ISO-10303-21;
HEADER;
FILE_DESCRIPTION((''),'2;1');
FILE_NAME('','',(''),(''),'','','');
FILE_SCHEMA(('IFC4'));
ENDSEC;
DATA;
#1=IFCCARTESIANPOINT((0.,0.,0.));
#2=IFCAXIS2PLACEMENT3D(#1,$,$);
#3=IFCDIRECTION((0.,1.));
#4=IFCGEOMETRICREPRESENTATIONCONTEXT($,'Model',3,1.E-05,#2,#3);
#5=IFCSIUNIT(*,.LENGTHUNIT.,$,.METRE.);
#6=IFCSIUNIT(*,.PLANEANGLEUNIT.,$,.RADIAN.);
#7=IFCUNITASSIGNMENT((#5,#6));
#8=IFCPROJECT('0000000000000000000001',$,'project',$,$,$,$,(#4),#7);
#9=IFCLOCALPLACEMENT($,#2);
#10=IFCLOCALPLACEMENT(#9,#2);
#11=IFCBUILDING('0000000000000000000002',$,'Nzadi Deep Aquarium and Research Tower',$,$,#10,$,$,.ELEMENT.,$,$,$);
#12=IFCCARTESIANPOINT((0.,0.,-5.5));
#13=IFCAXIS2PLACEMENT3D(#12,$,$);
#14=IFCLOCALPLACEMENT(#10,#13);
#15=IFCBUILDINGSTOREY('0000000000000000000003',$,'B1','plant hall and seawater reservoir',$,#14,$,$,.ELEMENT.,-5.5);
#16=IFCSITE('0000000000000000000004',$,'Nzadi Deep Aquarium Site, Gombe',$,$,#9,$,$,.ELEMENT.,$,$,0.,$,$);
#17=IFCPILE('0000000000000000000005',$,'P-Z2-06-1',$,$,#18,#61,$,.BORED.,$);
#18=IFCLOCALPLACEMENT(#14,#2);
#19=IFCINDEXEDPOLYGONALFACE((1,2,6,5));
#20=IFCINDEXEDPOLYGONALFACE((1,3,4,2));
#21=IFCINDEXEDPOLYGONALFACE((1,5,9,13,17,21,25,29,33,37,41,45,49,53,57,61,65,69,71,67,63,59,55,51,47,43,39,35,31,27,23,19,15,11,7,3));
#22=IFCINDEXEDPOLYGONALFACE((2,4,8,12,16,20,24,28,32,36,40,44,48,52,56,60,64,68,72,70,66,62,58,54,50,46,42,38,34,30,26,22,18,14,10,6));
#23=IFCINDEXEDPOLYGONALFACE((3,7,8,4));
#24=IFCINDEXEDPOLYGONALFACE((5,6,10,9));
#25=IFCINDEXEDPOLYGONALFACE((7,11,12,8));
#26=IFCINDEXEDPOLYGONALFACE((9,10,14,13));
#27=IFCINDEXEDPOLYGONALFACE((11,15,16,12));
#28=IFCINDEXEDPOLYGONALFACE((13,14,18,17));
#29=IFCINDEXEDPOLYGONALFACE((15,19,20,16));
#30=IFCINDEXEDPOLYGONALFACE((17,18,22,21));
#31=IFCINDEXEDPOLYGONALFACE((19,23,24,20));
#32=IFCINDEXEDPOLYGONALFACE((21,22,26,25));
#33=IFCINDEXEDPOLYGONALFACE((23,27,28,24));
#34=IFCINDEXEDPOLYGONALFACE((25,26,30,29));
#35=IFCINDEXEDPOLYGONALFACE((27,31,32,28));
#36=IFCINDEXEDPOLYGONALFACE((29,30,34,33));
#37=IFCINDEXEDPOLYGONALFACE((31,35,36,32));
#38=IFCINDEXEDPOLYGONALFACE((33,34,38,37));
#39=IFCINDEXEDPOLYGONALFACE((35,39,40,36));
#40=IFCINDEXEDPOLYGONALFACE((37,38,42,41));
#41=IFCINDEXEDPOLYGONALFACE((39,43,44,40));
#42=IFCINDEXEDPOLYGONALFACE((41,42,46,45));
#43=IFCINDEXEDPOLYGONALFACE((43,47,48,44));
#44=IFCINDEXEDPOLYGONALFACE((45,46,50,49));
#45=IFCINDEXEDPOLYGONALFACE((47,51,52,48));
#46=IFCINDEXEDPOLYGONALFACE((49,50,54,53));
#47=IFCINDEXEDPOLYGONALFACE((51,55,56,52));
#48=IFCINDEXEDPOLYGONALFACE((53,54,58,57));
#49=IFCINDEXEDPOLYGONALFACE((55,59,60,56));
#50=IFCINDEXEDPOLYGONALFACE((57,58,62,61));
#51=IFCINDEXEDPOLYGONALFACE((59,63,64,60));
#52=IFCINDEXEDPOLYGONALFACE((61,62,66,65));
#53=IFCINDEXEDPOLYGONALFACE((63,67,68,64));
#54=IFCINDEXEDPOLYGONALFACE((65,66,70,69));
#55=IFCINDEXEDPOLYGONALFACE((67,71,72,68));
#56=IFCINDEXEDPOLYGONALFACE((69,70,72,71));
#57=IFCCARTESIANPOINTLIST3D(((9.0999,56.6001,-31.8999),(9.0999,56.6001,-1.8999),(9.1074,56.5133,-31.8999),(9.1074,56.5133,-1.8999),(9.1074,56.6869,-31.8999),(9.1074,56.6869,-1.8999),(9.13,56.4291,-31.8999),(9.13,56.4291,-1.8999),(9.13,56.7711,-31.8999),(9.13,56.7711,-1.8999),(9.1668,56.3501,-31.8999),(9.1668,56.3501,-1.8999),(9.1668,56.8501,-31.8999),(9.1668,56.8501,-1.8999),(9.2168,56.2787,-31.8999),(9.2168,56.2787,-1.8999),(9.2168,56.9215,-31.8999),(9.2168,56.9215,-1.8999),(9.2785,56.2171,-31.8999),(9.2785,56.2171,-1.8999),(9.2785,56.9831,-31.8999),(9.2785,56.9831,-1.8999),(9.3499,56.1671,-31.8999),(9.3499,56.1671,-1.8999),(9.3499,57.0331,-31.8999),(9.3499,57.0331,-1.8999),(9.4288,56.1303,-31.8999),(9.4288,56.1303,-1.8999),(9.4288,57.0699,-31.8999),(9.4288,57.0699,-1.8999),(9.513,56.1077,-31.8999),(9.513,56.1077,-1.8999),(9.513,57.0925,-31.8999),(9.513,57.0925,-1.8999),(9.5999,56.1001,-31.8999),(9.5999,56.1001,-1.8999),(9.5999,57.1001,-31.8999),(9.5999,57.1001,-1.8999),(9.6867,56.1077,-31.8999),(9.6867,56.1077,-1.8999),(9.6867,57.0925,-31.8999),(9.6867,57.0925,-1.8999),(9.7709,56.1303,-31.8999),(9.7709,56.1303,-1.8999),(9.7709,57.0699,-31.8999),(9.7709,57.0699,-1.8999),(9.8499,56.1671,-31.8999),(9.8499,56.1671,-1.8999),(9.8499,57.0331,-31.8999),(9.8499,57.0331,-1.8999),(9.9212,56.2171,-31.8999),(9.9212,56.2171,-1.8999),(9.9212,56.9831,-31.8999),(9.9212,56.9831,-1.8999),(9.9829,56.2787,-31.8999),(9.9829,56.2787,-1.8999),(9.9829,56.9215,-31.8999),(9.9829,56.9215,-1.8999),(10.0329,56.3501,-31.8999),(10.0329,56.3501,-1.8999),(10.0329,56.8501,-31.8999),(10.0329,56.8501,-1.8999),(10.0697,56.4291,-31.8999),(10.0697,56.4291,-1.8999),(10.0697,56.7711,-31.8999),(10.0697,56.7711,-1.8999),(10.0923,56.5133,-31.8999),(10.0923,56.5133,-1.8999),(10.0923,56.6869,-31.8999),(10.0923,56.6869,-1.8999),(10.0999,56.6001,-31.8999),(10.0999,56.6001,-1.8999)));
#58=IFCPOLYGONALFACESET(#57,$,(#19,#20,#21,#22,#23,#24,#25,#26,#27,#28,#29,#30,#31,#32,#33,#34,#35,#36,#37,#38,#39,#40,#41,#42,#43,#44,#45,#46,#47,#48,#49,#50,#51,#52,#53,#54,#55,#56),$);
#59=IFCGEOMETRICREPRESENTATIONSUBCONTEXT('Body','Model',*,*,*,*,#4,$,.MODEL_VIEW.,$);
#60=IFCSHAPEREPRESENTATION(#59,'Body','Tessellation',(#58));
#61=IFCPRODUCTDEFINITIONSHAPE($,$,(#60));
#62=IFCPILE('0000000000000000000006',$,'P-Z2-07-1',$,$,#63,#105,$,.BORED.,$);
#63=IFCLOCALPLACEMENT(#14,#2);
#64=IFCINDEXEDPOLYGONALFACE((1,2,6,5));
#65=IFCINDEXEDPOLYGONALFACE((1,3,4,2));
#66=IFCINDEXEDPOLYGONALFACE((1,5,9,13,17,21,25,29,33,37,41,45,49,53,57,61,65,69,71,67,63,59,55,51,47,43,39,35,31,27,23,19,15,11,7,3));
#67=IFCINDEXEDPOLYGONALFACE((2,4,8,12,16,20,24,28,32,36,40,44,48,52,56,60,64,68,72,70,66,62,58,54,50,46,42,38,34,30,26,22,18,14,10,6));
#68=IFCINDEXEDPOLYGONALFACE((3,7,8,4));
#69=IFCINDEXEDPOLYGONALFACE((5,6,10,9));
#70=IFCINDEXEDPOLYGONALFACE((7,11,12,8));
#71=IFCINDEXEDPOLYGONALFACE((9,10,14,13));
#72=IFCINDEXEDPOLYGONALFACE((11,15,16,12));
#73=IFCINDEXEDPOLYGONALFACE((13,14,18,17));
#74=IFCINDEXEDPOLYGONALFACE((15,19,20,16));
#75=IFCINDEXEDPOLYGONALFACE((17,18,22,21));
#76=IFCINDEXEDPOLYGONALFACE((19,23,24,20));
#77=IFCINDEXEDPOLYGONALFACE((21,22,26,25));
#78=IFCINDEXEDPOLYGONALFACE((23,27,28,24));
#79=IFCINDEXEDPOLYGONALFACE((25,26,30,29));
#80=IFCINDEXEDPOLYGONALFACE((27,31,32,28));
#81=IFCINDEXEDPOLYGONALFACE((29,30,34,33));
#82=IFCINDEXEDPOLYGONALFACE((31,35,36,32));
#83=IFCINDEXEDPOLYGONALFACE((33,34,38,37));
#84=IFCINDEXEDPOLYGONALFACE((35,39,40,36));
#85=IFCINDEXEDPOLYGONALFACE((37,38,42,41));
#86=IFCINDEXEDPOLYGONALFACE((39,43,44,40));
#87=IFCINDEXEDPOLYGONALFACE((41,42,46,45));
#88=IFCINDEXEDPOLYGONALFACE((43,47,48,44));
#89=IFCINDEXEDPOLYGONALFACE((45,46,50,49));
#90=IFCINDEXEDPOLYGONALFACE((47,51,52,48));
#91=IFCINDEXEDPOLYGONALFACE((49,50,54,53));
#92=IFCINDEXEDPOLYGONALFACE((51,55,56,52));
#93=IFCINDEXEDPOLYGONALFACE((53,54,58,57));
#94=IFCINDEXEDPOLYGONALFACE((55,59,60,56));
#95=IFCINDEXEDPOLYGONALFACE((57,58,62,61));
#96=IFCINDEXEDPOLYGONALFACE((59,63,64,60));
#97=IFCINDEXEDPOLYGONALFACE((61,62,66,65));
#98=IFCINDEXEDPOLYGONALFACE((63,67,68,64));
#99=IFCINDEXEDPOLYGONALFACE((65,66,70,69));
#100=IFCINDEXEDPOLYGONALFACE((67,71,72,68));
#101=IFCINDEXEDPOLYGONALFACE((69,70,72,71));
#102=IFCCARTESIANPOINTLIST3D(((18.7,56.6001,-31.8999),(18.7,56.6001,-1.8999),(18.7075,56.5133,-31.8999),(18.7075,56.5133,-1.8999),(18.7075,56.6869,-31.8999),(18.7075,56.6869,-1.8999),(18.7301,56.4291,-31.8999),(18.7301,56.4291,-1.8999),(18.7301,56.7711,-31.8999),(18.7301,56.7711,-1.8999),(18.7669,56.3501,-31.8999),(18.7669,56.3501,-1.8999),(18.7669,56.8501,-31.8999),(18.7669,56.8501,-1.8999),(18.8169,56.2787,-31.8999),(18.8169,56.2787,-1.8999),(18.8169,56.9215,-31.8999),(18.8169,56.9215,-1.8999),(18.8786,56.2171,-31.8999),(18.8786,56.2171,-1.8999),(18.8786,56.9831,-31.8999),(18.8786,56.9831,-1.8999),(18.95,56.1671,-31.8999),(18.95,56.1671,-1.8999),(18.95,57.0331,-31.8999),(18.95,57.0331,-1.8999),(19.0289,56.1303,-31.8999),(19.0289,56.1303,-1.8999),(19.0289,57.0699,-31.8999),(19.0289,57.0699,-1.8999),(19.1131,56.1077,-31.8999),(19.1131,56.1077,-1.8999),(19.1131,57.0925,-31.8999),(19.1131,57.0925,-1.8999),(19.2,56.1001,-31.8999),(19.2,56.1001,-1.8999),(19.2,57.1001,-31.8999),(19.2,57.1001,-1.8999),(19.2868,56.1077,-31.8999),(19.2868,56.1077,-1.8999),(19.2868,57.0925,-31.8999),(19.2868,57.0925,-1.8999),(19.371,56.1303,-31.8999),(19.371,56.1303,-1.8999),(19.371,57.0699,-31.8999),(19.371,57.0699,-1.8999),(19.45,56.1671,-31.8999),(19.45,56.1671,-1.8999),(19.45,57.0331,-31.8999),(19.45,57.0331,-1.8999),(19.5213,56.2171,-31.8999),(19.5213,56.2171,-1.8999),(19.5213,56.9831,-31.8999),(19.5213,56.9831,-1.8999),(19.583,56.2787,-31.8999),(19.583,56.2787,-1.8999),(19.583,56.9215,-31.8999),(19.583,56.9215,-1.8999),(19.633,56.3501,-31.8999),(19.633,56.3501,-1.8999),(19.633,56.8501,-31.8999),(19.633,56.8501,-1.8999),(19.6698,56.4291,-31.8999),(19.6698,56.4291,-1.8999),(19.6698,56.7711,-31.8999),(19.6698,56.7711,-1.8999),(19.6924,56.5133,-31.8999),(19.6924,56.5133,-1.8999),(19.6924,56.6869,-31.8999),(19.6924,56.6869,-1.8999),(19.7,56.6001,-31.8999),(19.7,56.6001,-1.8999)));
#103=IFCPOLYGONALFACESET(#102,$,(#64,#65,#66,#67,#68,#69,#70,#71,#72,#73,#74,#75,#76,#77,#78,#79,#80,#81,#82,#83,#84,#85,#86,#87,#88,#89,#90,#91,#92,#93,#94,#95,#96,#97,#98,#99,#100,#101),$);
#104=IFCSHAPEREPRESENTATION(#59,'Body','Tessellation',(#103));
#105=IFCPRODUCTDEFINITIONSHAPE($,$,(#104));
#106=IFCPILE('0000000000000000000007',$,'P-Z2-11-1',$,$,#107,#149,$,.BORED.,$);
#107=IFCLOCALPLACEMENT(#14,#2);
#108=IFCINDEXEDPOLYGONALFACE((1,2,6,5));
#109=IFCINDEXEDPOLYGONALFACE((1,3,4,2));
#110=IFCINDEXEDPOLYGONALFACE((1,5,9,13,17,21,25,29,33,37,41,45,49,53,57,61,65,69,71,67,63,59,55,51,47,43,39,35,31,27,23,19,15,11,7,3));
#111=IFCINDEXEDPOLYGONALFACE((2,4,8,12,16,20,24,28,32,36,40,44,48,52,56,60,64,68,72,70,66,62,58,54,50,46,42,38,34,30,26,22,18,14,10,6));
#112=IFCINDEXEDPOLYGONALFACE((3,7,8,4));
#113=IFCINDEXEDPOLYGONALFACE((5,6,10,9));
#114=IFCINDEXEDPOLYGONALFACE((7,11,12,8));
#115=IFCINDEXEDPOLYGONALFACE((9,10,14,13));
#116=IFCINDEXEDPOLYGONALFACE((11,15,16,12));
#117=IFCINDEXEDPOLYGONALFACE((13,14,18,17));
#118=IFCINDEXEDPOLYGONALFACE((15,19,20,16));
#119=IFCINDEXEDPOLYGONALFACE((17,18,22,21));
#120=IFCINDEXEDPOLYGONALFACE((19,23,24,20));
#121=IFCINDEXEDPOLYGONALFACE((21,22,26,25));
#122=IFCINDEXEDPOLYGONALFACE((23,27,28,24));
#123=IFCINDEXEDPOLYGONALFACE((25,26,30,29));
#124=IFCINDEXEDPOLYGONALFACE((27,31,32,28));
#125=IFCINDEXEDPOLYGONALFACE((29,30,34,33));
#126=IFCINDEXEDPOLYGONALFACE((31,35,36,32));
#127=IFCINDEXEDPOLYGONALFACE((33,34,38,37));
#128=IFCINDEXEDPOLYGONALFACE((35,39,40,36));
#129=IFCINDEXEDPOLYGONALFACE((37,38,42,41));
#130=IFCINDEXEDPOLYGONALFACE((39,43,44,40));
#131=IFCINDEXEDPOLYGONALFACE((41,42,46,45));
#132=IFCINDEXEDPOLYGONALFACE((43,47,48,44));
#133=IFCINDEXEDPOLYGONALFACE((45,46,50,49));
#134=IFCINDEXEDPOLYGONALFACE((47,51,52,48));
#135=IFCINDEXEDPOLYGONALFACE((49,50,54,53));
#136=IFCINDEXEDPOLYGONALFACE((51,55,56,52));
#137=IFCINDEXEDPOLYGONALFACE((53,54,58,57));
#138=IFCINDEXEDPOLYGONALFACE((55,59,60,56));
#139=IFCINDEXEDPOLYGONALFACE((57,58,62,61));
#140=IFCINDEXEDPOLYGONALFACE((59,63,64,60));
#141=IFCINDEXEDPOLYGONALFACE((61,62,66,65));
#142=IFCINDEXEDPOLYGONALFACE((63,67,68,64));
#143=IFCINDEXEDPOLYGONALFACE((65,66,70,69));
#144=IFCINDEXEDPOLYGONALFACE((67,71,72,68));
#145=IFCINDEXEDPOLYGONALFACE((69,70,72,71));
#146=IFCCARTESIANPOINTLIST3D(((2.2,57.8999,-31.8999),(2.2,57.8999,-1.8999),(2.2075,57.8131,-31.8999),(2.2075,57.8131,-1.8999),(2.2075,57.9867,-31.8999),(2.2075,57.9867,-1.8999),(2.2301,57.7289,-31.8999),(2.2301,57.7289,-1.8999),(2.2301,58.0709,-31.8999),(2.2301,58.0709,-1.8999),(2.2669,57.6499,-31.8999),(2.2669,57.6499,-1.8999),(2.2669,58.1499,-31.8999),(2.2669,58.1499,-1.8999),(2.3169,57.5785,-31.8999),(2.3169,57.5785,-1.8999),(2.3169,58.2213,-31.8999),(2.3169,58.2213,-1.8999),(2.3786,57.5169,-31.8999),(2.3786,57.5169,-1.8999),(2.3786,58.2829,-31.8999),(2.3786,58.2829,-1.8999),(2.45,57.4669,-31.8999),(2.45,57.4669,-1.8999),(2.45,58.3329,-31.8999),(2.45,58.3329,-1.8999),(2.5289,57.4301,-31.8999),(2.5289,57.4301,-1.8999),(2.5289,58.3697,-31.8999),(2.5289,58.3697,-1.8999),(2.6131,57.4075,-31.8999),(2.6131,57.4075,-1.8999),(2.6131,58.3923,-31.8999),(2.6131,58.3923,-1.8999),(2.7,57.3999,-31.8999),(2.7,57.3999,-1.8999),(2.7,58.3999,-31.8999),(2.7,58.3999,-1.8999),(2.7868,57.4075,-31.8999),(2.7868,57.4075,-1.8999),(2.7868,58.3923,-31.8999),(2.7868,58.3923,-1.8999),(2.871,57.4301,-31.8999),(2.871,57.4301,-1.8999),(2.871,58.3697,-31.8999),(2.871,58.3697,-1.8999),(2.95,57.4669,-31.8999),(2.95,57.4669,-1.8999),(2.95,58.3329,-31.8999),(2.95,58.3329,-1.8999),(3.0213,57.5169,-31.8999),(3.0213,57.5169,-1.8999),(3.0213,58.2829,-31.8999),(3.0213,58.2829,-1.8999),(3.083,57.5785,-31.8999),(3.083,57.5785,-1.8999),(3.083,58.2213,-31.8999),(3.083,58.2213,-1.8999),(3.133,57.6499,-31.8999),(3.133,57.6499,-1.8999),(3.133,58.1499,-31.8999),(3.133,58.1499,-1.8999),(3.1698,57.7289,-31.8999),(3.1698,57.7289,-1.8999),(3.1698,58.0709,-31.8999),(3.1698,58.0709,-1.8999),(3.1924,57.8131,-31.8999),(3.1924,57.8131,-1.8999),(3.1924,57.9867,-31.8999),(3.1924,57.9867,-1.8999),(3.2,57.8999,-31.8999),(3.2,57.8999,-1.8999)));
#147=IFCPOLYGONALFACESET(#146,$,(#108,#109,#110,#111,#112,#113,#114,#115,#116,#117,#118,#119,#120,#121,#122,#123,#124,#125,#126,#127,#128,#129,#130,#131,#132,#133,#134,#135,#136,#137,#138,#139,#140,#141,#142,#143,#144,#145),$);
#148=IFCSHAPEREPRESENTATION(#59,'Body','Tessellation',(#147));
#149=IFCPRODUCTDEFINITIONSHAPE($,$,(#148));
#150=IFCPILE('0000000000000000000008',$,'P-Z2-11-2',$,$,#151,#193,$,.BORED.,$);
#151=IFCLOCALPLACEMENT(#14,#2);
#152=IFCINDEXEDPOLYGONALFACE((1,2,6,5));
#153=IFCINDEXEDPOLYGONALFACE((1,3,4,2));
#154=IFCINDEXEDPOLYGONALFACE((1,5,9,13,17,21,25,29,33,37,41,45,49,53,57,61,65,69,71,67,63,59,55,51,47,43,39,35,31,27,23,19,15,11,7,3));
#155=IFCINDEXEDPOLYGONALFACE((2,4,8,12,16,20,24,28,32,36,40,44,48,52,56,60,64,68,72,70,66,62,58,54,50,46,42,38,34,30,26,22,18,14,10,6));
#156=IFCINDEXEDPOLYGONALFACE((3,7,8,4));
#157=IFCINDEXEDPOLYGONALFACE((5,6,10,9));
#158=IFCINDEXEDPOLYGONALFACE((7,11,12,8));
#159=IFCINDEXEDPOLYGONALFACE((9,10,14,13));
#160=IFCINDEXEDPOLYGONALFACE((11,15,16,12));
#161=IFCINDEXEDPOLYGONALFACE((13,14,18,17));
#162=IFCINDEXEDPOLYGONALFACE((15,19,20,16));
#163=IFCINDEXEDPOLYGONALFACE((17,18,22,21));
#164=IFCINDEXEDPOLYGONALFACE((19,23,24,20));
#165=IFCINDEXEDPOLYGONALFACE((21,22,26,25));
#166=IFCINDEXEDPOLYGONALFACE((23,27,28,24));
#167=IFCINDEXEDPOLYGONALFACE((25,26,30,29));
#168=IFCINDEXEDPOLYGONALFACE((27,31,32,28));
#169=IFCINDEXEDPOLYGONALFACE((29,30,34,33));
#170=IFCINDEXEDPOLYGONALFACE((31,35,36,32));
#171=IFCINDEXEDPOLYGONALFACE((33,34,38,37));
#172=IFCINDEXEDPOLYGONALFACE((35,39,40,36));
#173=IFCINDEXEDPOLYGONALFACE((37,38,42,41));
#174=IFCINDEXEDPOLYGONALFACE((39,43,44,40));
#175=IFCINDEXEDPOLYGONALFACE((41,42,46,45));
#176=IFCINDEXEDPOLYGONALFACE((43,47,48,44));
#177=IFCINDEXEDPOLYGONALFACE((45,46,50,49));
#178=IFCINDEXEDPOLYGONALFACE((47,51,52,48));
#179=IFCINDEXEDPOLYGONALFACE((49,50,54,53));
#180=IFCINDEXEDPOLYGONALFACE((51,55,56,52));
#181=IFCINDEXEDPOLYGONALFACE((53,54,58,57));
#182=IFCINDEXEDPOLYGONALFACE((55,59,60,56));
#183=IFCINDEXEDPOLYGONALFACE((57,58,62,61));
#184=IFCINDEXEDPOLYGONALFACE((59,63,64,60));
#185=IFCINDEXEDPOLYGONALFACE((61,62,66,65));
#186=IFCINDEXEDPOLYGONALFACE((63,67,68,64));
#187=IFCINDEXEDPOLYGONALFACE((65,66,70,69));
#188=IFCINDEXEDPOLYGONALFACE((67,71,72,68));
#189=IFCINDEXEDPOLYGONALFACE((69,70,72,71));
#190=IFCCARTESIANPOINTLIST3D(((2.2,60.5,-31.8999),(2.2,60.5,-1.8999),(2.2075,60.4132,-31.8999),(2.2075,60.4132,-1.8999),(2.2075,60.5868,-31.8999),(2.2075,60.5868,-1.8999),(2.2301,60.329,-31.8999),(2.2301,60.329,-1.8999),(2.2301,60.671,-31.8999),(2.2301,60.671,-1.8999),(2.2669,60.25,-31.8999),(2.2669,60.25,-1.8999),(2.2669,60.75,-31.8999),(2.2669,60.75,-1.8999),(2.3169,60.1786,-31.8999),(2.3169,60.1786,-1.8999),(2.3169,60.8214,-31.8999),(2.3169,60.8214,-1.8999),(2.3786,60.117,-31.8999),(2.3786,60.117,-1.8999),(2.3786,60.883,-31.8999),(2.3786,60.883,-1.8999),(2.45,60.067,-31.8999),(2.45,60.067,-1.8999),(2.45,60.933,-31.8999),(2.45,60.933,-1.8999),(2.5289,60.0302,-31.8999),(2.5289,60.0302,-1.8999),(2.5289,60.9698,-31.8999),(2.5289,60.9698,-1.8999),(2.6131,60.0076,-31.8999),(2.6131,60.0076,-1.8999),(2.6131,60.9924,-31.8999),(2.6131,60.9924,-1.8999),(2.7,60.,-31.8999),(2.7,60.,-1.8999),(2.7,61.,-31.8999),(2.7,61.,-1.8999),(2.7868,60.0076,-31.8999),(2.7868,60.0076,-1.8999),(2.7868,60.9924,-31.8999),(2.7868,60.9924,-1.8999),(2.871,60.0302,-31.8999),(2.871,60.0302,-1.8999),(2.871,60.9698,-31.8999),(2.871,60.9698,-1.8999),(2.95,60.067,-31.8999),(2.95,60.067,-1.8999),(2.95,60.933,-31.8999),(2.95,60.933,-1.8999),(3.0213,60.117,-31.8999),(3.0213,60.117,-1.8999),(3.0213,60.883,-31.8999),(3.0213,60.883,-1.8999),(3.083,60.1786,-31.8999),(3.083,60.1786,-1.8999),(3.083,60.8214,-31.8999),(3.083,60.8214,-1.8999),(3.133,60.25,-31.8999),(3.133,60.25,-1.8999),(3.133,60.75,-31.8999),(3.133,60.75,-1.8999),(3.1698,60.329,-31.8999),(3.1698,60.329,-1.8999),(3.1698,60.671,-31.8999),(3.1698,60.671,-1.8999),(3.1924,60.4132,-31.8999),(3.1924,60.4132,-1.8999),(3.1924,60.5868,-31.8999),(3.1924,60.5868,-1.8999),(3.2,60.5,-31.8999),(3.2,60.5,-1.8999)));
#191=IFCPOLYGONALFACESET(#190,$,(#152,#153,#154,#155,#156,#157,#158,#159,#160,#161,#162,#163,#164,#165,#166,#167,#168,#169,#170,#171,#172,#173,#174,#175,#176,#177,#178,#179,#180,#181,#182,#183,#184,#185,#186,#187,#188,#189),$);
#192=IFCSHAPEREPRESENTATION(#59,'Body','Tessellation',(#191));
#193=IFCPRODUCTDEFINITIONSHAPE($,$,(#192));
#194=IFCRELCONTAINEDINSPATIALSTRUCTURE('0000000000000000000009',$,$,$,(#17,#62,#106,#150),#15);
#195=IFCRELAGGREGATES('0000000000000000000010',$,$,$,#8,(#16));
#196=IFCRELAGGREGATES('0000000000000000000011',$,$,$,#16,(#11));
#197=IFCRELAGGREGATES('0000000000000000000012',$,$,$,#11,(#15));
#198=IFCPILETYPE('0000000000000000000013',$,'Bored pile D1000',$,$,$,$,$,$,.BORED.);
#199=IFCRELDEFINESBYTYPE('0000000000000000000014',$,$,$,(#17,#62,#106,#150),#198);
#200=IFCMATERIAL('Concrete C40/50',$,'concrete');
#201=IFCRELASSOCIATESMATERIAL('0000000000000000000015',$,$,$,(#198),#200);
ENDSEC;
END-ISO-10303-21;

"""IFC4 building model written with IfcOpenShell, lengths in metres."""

from ifc_helpers import new_model, si_unit, direction, frame, origin, origin_2d, place, context, subcontext, project, spatial, circle, extrude, material, material_profile, profile_set, type_object, element, save


model = new_model("IFC4")

# Units and contexts
model_context = context("Model", 3, precision=1e-05, world=origin(), true_north=direction((0.0, 1.0)))
body_context = subcontext(model_context, "Body", "Model", "MODEL_VIEW")
ifc_project = project(units=[si_unit("LENGTHUNIT", "METRE"), si_unit("PLANEANGLEUNIT", "RADIAN")], contexts=[model_context])

# Site, building, storey
site_placement = place(None, origin())
site = spatial("IfcSite", under=ifc_project, at=site_placement, Name="Nzadi Deep Aquarium Site, Gombe", CompositionType="ELEMENT", RefElevation=0.0)
building_placement = place(site_placement, origin())
building = spatial("IfcBuilding", under=site, at=building_placement, Name="Nzadi Deep Aquarium and Research Tower", CompositionType="ELEMENT")
storey_placement = place(building_placement, frame((0.0, 0.0, -5.5)))
storey = spatial("IfcBuildingStorey", under=building, at=storey_placement, Name="B1", Description="plant hall and seawater reservoir", CompositionType="ELEMENT", Elevation=-5.5)

# Piles
ifc_material_1 = material(Name="Concrete C40/50", Category="concrete")
ifc_material_profile_1 = material_profile(ifc_material_1, circle(Radius=0.5, at=origin_2d()))
ifc_profile_set_1 = profile_set([ifc_material_profile_1], Name="Concrete C40/50")
pile_type_1 = type_object("IfcPileType", Name="Bored pile D1000", PredefinedType="BORED", material=ifc_profile_set_1)
for number, where, z_axis, x_axis, name in (
    (1, (9.5999, 56.6001, -1.8999), (0.0, 0.0, -1.0), (1.0, 0.0, 0.0), "P-Z2-06-1"),
    (2, (19.2, 56.6001, -1.8999), (0.0, 0.0, -1.0), (1.0, 0.0, 0.0), "P-Z2-07-1"),
    (3, (2.7, 57.8999, -1.8999), (0.0, 0.0, -1.0), (1.0, 0.0, 0.0), "P-Z2-11-1"),
    (4, (2.7, 60.5, -1.8999), (0.0, 0.0, -1.0), (1.0, 0.0, 0.0), "P-Z2-11-2"),
):
    element("IfcPile", number, at=place(storey_placement, frame(where, z_axis=z_axis, x_axis=x_axis)), inside=storey, type_object=pile_type_1, Name=name, PredefinedType="BORED", context=body_context, shape_type="SweptSolid", body=[
        extrude(circle(Radius=0.5, at=origin_2d()), origin(), (0.0, 0.0, 1.0), 30.0),
    ])

save(model, "model.ifc")
